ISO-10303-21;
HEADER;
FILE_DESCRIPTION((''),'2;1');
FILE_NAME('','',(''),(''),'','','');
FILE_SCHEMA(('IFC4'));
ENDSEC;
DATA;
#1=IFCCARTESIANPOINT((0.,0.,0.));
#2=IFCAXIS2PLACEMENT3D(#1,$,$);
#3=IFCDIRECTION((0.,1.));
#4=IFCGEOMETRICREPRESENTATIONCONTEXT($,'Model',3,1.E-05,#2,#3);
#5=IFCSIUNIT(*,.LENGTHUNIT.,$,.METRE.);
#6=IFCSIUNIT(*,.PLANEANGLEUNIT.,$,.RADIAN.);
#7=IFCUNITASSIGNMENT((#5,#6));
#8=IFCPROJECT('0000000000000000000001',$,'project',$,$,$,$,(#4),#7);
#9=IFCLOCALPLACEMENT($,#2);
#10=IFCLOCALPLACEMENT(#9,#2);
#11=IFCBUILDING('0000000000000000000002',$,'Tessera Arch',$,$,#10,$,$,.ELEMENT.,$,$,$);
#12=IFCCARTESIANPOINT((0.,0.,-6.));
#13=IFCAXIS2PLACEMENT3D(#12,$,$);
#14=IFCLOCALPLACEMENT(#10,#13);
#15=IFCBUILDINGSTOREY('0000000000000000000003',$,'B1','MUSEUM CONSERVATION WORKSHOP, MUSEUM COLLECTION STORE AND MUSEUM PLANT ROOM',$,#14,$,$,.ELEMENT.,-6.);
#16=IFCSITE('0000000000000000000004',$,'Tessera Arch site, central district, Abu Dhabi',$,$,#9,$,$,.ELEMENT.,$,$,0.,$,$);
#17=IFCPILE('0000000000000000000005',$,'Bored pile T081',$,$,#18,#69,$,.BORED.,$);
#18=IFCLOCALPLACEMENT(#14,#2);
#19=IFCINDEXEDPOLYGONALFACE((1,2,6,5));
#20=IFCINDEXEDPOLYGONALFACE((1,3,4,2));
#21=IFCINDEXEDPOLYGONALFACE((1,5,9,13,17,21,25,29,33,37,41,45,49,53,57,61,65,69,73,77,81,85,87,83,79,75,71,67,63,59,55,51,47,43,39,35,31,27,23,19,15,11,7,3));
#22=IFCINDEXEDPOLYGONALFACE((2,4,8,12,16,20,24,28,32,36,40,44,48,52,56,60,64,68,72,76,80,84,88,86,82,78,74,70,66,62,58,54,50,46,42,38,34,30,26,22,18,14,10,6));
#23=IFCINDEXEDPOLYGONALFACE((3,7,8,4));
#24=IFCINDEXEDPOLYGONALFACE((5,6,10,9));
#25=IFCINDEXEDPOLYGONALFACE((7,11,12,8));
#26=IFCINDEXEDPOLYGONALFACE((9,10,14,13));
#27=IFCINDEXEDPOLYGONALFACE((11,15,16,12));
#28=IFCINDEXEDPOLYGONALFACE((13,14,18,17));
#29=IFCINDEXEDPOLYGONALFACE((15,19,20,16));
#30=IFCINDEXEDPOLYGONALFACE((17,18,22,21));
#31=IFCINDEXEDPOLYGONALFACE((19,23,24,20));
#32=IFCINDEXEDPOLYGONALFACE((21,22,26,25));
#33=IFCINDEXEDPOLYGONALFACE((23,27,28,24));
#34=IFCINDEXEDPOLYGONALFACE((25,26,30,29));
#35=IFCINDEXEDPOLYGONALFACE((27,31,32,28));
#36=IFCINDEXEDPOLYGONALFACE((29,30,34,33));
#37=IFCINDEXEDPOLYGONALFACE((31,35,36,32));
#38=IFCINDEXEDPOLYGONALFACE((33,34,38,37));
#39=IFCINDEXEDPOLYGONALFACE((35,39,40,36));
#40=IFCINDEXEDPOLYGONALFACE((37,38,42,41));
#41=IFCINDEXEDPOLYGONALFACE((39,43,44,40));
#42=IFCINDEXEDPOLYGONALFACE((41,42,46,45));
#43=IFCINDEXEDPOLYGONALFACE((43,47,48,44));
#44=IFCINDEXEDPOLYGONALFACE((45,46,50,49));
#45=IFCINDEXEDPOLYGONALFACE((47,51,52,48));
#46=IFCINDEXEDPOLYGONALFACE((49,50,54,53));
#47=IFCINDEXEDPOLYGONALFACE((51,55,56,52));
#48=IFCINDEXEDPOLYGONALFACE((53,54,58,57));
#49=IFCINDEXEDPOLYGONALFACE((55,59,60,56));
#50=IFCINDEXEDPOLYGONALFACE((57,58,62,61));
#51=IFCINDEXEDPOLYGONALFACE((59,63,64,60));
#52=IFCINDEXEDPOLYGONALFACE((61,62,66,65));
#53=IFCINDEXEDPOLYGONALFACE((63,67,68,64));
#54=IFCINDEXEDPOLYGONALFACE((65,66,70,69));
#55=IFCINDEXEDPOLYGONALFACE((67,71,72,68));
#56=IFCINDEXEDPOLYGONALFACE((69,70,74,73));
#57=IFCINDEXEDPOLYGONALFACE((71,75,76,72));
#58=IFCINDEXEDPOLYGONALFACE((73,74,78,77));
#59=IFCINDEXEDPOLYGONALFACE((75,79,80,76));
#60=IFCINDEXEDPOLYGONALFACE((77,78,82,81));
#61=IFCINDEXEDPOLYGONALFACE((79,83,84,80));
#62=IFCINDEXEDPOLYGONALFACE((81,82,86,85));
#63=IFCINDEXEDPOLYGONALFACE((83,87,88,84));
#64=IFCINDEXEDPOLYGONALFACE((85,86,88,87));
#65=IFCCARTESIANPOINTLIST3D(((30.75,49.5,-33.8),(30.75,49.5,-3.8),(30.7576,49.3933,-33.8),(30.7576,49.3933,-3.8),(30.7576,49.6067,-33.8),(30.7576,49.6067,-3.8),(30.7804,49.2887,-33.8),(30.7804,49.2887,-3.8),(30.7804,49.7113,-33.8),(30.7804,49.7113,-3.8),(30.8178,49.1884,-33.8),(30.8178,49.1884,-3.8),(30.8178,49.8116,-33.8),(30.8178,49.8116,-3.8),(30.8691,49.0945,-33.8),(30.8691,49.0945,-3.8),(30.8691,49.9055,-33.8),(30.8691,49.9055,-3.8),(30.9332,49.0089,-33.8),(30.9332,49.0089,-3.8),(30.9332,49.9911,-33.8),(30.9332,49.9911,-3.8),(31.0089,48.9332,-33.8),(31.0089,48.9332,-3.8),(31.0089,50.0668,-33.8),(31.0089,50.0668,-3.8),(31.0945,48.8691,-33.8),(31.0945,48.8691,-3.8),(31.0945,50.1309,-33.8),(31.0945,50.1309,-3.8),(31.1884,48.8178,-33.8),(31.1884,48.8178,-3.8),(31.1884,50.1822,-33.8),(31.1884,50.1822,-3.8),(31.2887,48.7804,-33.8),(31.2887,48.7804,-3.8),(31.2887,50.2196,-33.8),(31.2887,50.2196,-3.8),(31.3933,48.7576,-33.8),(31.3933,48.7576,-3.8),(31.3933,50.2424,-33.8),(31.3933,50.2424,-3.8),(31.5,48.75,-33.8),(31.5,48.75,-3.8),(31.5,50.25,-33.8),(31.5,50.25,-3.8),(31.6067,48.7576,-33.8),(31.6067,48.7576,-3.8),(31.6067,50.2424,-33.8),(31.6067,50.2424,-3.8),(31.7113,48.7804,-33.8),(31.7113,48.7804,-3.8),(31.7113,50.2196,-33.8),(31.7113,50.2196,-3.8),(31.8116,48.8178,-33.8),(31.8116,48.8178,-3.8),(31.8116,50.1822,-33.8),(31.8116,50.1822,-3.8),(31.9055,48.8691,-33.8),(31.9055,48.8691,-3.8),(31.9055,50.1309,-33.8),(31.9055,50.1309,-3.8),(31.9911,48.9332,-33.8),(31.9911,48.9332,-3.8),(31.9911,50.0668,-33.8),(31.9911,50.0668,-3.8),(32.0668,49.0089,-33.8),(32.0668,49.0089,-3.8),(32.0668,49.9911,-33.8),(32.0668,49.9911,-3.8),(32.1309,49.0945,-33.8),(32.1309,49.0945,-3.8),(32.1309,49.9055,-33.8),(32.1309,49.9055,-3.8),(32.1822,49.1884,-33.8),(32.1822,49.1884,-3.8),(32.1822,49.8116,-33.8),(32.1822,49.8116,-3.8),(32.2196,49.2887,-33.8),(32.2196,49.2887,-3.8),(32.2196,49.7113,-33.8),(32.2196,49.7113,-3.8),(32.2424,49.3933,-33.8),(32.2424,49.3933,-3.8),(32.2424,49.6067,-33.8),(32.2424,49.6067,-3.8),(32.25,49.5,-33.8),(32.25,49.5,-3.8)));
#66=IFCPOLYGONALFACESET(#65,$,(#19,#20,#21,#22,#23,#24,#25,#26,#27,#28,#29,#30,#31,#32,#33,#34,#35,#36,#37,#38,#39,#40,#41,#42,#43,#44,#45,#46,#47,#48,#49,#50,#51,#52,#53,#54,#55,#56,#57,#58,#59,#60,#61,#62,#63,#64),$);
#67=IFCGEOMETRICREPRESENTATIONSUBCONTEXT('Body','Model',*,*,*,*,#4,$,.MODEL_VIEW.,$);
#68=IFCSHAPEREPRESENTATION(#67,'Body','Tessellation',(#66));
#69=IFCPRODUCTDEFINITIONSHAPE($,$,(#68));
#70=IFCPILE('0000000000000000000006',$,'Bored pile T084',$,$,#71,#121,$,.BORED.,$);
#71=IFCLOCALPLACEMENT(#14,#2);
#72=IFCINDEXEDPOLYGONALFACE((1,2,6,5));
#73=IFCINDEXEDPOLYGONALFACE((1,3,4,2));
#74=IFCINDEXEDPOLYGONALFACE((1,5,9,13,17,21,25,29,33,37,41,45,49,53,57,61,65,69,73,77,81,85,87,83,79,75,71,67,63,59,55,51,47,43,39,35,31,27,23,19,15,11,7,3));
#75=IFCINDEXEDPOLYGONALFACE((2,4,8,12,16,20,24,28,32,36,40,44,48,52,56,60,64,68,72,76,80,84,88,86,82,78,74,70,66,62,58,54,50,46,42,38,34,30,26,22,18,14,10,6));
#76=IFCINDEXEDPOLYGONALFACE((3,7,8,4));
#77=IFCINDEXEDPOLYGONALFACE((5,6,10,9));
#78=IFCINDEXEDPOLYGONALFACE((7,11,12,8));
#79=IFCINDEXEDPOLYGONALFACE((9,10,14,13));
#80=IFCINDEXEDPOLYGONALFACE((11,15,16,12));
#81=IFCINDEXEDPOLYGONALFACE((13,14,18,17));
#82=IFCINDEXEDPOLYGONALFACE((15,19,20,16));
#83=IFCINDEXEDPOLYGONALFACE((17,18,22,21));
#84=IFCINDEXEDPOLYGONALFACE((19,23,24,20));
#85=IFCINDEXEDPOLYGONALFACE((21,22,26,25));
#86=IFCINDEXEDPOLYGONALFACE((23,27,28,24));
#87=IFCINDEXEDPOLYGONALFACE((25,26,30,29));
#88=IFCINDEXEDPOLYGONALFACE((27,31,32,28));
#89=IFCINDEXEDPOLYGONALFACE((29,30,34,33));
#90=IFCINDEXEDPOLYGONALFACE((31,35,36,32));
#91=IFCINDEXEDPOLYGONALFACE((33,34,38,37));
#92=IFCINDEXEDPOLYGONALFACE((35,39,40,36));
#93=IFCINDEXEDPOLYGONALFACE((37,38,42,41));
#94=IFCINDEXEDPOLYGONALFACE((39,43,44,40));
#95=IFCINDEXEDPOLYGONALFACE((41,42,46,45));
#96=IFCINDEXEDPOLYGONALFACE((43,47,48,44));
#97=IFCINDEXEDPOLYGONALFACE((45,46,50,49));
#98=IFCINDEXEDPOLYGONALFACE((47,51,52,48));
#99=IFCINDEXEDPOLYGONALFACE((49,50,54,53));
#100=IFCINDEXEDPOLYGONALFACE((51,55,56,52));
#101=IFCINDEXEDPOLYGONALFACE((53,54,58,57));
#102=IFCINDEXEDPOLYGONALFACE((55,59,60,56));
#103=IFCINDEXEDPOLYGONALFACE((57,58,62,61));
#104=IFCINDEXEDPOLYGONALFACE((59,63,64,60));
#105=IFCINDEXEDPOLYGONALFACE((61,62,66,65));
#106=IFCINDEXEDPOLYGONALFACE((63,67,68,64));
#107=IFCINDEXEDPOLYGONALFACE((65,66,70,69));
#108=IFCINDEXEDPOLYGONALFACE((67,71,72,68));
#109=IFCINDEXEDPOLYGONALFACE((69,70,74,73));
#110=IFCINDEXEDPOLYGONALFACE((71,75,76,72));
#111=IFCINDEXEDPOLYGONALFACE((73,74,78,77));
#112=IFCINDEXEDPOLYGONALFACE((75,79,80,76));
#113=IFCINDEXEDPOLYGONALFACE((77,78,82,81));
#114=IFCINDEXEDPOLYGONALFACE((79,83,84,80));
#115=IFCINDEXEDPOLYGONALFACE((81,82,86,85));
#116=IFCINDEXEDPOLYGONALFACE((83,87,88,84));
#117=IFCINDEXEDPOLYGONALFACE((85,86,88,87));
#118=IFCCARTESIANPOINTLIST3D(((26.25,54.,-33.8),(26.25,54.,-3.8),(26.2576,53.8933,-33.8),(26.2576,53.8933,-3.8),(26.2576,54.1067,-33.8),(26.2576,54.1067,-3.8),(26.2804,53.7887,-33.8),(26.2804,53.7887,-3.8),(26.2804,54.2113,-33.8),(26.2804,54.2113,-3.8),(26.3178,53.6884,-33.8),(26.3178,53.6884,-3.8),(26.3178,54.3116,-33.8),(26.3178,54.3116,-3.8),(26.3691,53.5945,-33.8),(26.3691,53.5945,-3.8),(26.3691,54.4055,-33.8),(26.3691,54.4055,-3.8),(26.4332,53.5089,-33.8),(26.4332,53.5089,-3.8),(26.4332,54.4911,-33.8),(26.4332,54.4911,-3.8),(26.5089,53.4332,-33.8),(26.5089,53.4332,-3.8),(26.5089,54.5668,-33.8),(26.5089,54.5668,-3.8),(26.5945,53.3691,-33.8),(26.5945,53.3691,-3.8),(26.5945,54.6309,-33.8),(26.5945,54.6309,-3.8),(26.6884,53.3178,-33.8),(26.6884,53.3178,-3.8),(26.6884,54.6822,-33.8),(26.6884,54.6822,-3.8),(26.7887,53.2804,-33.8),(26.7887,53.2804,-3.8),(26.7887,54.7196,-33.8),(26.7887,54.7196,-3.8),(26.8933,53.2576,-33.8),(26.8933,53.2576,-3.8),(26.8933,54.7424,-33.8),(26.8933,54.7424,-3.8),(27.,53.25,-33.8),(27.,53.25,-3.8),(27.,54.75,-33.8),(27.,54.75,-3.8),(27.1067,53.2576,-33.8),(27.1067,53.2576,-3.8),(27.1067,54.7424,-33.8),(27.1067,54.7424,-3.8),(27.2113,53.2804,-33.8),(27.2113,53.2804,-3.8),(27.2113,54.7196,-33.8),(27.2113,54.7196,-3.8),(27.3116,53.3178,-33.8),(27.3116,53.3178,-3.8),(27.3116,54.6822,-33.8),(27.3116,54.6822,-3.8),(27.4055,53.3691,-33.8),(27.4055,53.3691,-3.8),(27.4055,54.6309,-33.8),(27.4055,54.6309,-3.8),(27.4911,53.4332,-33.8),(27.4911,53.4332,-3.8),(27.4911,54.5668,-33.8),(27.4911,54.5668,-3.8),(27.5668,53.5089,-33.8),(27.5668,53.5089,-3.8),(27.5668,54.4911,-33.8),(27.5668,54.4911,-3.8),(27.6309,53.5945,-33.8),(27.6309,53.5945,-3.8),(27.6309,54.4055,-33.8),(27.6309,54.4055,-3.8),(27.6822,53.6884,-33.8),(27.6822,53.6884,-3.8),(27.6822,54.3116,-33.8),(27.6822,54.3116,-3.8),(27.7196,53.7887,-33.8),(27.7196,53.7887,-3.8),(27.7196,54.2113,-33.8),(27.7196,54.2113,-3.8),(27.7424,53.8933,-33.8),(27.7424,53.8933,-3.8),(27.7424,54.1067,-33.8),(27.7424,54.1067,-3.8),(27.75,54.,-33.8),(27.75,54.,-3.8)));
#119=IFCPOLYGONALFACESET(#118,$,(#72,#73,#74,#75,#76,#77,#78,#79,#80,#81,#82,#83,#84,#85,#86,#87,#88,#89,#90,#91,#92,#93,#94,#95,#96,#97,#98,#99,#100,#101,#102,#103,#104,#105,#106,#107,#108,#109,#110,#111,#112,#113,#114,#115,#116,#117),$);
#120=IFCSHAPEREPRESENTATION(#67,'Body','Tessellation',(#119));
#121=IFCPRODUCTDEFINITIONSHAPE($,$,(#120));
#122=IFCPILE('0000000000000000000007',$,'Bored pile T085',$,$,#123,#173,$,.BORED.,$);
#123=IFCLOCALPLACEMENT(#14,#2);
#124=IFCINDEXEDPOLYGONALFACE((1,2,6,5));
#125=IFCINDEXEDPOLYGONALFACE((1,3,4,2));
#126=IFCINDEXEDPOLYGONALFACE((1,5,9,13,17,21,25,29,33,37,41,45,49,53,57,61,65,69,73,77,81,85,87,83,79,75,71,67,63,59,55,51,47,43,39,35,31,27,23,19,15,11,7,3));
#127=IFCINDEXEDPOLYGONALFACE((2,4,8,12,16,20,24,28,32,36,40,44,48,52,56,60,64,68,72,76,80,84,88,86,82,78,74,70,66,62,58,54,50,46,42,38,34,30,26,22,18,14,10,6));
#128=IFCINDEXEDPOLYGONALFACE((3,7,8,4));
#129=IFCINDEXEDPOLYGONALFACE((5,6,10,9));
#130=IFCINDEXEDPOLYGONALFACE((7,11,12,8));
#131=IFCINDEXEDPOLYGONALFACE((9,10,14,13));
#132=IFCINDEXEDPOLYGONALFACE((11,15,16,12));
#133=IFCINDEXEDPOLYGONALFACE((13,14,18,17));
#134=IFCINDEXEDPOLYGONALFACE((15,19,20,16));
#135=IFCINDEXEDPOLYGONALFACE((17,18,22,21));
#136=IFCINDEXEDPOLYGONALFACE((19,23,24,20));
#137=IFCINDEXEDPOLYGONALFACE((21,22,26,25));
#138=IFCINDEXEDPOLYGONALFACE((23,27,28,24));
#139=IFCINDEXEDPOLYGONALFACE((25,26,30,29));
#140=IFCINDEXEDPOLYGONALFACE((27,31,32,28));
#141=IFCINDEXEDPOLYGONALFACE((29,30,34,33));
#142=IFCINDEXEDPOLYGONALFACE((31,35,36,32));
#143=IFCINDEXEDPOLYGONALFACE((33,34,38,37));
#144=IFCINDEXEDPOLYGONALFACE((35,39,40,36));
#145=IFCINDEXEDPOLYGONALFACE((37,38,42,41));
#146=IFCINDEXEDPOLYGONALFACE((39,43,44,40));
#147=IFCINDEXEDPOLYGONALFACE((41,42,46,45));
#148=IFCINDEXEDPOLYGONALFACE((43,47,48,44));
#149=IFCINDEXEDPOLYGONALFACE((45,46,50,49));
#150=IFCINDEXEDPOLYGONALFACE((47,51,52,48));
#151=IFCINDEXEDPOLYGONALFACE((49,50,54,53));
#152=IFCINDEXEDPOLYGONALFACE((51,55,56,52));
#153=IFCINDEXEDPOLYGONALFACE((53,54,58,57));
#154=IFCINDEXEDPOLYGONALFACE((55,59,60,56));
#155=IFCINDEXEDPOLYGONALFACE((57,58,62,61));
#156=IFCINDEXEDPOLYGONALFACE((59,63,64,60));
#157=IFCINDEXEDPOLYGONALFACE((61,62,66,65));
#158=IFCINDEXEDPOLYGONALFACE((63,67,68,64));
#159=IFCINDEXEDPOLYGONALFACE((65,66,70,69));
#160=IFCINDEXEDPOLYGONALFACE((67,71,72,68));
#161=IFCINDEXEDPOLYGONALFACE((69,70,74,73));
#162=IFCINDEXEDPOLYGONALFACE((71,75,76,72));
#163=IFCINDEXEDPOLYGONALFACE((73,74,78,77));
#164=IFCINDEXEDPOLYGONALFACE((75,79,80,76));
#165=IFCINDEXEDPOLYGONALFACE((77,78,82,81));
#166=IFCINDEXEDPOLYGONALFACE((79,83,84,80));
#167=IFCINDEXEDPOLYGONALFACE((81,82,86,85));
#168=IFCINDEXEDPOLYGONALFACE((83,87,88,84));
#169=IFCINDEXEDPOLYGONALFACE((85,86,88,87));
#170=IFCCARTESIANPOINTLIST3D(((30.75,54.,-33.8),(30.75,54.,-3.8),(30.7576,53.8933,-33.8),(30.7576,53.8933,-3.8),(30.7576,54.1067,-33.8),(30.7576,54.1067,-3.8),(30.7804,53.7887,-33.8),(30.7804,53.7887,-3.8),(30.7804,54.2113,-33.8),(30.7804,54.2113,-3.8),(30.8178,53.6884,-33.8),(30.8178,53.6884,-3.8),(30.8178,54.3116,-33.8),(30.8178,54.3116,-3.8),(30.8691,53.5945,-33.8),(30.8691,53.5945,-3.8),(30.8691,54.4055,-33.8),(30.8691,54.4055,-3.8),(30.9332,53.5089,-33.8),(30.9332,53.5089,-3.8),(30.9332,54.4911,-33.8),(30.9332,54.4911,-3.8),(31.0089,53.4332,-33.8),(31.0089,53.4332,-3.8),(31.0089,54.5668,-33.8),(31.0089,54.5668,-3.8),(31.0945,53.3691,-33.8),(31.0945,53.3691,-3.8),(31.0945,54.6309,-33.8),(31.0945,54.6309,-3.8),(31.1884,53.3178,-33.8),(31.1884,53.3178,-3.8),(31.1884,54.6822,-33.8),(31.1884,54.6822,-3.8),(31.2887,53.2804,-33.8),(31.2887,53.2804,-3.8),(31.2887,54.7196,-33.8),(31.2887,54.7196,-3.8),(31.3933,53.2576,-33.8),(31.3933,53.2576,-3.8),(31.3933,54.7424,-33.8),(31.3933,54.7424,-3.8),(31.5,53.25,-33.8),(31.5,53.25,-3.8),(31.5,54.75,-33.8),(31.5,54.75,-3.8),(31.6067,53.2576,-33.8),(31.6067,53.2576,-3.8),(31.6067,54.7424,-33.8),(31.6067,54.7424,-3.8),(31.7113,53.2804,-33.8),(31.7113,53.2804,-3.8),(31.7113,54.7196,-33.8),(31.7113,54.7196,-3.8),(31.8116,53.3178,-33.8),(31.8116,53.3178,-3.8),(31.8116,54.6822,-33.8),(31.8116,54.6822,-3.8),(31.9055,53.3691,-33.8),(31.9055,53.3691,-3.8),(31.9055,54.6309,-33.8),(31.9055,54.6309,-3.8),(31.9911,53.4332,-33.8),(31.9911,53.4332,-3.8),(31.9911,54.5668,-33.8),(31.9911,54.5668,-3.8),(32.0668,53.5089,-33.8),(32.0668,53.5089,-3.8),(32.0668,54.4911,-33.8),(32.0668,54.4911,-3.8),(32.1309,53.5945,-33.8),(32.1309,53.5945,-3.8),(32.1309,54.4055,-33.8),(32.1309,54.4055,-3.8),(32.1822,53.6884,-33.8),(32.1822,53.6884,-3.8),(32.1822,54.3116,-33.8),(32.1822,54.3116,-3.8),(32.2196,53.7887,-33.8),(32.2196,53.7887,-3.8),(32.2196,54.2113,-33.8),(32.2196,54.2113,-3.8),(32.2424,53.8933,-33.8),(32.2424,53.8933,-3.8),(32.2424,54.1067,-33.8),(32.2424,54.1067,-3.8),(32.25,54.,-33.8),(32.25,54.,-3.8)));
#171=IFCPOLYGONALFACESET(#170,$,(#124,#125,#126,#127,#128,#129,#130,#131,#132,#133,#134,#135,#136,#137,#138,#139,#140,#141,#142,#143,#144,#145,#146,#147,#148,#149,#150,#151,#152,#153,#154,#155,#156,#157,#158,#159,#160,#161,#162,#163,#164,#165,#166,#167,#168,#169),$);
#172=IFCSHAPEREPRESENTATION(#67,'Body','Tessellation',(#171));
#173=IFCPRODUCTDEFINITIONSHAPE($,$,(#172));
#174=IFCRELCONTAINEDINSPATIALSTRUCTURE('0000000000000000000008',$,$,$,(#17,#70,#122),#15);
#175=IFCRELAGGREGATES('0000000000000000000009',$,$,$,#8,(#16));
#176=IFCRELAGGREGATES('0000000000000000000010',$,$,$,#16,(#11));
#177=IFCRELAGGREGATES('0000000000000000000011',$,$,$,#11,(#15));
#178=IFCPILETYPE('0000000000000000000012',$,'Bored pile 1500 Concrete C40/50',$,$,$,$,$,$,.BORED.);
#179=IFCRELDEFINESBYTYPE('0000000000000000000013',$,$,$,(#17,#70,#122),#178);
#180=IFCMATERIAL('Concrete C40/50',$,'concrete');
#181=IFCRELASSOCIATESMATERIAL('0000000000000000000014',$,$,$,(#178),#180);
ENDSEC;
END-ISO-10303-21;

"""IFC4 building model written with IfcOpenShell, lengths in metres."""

from ifc_helpers import new_model, si_unit, direction, frame, origin, origin_2d, place, context, subcontext, project, spatial, circle, extrude, material, type_object, element, save


model = new_model("IFC4")

# Units and contexts
model_context = context("Model", 3, precision=1e-05, world=origin(), true_north=direction((0.0, 1.0)))
body_context = subcontext(model_context, "Body", "Model", "MODEL_VIEW")
ifc_project = project(units=[si_unit("LENGTHUNIT", "METRE"), si_unit("PLANEANGLEUNIT", "RADIAN")], contexts=[model_context])

# Site, building, storey
site_placement = place(None, origin())
site = spatial("IfcSite", under=ifc_project, at=site_placement, Name="Tessera Arch site, central district, Abu Dhabi", CompositionType="ELEMENT", RefElevation=0.0)
building_placement = place(site_placement, origin())
building = spatial("IfcBuilding", under=site, at=building_placement, Name="Tessera Arch", CompositionType="ELEMENT")
storey_placement = place(building_placement, frame((0.0, 0.0, -6.0)))
storey = spatial("IfcBuildingStorey", under=building, at=storey_placement, Name="B1", Description="MUSEUM CONSERVATION WORKSHOP, MUSEUM COLLECTION STORE AND MUSEUM PLANT ROOM", CompositionType="ELEMENT", Elevation=-6.0)

# Piles
ifc_material_1 = material(Name="Concrete C40/50", Category="concrete")
pile_type = type_object("IfcPileType", Name="Bored pile 1500 Concrete C40/50", PredefinedType="BORED", material=ifc_material_1)
for number, where, z_axis, x_axis, name in (
    (1, (31.5, 49.5, -3.8), (0.0, 0.0, -1.0), (1.0, 0.0, 0.0), "Bored pile T081"),
    (2, (27.0, 54.0, -3.8), (0.0, 0.0, -1.0), (1.0, 0.0, 0.0), "Bored pile T084"),
    (3, (31.5, 54.0, -3.8), (0.0, 0.0, -1.0), (1.0, 0.0, 0.0), "Bored pile T085"),
):
    element("IfcPile", number, at=place(storey_placement, frame(where, z_axis=z_axis, x_axis=x_axis)), inside=storey, type_object=pile_type, Name=name, PredefinedType="BORED", context=body_context, shape_type="SweptSolid", body=[
        extrude(circle(Radius=0.75, at=origin_2d()), origin(), (0.0, 0.0, 1.0), 30.0),
    ])

save(model, "model.ifc")
